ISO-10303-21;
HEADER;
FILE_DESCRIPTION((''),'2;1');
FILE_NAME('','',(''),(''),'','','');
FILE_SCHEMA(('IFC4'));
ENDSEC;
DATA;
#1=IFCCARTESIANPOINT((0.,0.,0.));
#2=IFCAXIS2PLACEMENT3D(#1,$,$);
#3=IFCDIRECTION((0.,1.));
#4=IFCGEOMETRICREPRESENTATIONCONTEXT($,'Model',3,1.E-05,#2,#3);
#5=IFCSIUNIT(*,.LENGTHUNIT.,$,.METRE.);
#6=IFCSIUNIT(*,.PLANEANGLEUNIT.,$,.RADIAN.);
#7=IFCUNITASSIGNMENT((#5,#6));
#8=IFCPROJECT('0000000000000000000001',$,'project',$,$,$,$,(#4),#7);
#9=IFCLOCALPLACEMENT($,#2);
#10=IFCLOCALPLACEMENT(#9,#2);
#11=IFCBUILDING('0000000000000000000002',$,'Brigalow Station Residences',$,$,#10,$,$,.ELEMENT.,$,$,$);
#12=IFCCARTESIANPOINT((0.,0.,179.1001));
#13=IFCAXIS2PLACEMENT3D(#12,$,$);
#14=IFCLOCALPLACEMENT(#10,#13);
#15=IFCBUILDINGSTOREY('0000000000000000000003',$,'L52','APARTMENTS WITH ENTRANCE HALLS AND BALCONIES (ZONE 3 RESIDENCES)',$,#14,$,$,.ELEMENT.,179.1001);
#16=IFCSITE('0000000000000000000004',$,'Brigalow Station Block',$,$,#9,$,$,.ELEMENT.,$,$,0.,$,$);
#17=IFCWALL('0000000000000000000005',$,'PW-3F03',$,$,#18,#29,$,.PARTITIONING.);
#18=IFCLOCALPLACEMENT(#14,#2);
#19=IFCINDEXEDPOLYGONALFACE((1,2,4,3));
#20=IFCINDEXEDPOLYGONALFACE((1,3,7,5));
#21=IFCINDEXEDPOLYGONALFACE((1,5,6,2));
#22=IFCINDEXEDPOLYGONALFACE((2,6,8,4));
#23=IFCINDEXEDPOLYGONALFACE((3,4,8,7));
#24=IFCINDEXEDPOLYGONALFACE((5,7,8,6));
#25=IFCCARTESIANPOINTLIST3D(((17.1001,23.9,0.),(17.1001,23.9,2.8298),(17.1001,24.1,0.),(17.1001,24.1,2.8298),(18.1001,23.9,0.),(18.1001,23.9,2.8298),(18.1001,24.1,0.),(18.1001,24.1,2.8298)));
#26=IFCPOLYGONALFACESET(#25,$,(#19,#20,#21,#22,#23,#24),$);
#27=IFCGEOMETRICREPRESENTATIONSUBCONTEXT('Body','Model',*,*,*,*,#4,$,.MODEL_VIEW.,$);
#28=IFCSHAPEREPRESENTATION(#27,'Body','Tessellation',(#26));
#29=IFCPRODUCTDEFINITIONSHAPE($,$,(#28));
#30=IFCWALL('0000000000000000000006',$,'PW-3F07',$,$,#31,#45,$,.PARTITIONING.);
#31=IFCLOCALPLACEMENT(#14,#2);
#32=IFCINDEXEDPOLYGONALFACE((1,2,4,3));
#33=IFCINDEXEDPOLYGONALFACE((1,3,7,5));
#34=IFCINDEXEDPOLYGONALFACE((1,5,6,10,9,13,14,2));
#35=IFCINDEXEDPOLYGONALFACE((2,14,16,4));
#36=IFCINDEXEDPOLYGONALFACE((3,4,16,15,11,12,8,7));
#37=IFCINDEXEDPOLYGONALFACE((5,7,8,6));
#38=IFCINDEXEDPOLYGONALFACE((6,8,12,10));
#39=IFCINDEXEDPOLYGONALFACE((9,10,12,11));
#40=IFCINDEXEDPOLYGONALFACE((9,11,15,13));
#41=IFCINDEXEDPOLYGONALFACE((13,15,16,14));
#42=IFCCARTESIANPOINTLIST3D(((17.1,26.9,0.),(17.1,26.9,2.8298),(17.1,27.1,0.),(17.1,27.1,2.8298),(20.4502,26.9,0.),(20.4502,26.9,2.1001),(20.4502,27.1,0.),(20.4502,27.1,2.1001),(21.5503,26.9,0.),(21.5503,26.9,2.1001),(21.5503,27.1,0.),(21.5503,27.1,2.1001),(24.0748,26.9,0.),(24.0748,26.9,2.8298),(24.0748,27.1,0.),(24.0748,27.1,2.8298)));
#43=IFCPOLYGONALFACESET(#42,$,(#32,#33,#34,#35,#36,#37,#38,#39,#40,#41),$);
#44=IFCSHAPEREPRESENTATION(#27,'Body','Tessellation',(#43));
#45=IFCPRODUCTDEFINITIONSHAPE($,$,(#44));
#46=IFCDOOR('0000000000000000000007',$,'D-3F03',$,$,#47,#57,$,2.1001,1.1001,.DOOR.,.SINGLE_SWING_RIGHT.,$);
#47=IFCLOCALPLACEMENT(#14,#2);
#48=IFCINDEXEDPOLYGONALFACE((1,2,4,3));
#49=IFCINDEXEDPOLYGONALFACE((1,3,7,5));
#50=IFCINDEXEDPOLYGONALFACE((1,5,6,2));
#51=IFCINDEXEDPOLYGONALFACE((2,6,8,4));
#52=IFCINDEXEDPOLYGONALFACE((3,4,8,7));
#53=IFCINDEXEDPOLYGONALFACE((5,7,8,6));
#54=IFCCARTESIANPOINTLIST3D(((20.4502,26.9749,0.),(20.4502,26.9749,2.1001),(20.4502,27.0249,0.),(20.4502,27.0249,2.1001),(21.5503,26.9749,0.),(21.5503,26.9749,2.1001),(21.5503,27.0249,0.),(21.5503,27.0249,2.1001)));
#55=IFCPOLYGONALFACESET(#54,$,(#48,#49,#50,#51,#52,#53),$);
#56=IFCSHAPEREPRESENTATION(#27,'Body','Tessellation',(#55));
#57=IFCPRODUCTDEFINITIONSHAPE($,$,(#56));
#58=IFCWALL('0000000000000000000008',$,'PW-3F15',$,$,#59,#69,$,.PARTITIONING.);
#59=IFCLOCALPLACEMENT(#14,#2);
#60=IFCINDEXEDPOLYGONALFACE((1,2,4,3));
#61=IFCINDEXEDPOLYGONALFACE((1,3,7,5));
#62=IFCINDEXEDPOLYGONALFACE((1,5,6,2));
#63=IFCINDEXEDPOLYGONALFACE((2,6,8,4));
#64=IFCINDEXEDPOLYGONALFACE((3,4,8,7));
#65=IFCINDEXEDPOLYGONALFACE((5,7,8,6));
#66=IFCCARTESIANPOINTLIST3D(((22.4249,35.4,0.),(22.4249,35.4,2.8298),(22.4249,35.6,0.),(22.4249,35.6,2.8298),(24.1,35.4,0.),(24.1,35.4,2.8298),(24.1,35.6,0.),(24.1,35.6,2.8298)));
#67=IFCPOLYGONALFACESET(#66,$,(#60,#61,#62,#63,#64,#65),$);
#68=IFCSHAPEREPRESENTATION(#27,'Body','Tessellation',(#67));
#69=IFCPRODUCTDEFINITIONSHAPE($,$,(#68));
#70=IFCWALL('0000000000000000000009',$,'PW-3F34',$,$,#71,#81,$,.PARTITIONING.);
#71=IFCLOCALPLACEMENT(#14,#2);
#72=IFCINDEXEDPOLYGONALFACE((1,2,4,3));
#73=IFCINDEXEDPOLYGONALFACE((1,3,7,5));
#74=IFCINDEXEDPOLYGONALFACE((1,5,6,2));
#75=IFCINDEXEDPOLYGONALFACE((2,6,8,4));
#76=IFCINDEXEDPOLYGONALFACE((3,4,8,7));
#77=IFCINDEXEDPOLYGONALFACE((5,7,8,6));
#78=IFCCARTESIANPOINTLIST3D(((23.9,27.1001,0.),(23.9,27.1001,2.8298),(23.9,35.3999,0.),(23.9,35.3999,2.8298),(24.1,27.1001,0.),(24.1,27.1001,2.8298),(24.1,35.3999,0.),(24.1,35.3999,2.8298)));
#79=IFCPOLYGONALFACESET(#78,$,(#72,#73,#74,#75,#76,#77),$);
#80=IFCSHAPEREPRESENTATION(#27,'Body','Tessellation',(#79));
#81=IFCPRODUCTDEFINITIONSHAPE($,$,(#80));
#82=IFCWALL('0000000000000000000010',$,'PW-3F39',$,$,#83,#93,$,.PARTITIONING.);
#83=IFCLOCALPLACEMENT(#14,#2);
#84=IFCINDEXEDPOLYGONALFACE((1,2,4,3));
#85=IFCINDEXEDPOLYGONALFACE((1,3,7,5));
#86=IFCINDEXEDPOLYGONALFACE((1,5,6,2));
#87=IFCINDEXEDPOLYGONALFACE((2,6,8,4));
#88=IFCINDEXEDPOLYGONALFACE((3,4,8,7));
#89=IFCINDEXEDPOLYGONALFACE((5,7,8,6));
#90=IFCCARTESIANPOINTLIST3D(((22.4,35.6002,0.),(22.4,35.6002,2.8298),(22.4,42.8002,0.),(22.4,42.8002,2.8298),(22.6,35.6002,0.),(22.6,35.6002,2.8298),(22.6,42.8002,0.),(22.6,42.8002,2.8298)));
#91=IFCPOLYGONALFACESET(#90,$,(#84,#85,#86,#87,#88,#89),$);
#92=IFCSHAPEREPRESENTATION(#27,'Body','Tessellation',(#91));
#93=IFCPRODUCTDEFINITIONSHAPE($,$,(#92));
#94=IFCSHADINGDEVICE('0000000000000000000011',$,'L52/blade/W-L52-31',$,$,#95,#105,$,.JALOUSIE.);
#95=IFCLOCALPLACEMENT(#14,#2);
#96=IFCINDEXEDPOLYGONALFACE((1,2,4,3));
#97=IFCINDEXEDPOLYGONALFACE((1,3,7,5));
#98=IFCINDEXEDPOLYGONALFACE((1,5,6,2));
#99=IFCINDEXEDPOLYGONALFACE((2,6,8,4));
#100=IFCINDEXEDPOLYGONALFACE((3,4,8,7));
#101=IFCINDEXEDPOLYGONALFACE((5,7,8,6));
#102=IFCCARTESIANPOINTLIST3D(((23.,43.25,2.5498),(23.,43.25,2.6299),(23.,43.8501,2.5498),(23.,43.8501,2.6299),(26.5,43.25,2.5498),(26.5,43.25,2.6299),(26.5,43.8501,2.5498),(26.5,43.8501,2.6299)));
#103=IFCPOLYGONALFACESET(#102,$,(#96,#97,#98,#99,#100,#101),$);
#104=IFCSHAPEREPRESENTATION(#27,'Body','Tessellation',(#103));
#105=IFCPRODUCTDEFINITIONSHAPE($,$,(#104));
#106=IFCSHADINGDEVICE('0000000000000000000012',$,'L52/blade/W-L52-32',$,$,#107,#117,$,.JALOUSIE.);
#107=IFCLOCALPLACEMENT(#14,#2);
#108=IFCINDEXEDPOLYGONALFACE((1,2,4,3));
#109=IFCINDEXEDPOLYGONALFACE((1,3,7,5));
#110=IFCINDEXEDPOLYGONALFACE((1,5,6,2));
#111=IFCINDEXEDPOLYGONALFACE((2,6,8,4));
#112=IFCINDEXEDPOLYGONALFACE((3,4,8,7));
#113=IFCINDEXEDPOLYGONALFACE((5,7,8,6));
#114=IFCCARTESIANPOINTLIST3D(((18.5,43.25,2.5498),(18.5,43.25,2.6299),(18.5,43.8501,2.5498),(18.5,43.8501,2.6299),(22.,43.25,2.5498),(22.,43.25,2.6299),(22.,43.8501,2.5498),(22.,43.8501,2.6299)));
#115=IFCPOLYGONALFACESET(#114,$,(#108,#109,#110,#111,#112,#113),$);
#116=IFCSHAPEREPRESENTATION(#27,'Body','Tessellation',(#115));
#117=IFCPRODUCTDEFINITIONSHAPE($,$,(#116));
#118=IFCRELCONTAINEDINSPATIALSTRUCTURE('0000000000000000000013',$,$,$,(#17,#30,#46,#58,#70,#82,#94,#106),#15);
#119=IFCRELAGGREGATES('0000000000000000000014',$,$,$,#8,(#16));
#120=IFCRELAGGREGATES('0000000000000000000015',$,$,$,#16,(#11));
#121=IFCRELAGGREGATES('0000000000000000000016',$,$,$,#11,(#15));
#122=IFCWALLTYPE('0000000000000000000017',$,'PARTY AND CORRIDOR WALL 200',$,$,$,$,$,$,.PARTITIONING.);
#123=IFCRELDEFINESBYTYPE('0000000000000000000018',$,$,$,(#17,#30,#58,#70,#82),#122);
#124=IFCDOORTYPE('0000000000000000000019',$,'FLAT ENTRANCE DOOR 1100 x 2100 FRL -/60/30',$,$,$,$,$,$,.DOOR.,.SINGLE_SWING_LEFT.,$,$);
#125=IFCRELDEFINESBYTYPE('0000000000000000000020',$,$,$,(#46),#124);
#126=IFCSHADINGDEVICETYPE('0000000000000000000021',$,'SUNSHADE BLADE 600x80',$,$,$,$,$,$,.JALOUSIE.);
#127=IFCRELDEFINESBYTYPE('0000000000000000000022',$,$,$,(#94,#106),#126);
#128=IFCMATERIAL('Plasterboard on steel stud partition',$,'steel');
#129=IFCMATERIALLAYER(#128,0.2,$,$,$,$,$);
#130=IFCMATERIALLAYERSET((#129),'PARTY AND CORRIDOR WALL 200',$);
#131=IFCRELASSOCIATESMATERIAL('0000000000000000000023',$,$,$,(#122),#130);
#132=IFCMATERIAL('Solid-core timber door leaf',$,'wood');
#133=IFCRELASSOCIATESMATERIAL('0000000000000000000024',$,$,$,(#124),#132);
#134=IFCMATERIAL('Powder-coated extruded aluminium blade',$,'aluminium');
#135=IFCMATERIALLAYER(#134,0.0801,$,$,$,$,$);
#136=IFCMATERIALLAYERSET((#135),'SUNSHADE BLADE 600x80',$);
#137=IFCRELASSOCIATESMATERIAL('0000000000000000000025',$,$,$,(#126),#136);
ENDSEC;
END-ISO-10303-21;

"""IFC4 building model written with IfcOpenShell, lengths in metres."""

from ifc_helpers import new_model, si_unit, direction, frame, frame_2d, origin, origin_2d, place, context, subcontext, project, spatial, rectangle, extrude, material, layer, layer_set, type_object, element, fill, save


model = new_model("IFC4")

# Units and contexts
model_context = context("Model", 3, precision=1e-05, world=origin(), true_north=direction((0.0, 1.0)))
body_context = subcontext(model_context, "Body", "Model", "MODEL_VIEW")
ifc_project = project(units=[si_unit("LENGTHUNIT", "METRE"), si_unit("PLANEANGLEUNIT", "RADIAN")], contexts=[model_context])

# Site, building, storey
site_placement = place(None, origin())
site = spatial("IfcSite", under=ifc_project, at=site_placement, Name="Brigalow Station Block", CompositionType="ELEMENT", RefElevation=0.0)
building_placement = place(site_placement, origin())
building = spatial("IfcBuilding", under=site, at=building_placement, Name="Brigalow Station Residences", CompositionType="ELEMENT")
storey_placement = place(building_placement, frame((0.0, 0.0, 179.1001)))
storey = spatial("IfcBuildingStorey", under=building, at=storey_placement, Name="L52", Description="APARTMENTS WITH ENTRANCE HALLS AND BALCONIES (ZONE 3 RESIDENCES)", CompositionType="ELEMENT", Elevation=179.1001)

# Wall
ifc_material_1 = material(Name="Plasterboard on steel stud partition", Category="steel")
ifc_layer_1 = layer(ifc_material_1, 0.2)
ifc_layer_set_1 = layer_set([ifc_layer_1], Name="PARTY AND CORRIDOR WALL 200")
wall_type_1 = type_object("IfcWallType", Name="PARTY AND CORRIDOR WALL 200", PredefinedType="PARTITIONING", material=ifc_layer_set_1)
wall_1_placement = place(storey_placement, frame((17.1001, 24.0, 0.0), z_axis=(0.0, 0.0, 1.0), x_axis=(1.0, 0.0, 0.0)))
element("IfcWall", 1, at=wall_1_placement, inside=storey, type_object=wall_type_1, Name="PW-3F03", PredefinedType="PARTITIONING", context=body_context, shape_type="SweptSolid", body=[
    extrude(rectangle(XDim=1.0, YDim=0.2, at=frame_2d((0.5, 0.0))), origin(), (0.0, 0.0, 1.0), 2.8298),
])

# Wall, opening, door
wall_2_placement = place(storey_placement, frame((17.1001, 27.0, 0.0), z_axis=(0.0, 0.0, 1.0), x_axis=(1.0, 0.0, 0.0)))
wall_2 = element("IfcWall", 2, at=wall_2_placement, inside=storey, type_object=wall_type_1, Name="PW-3F07", PredefinedType="PARTITIONING", context=body_context, shape_type="SweptSolid", body=[
    extrude(rectangle(XDim=6.9749, YDim=0.2, at=frame_2d((3.4873, 0.0))), origin(), (0.0, 0.0, 1.0), 2.8298),
])
opening_1_placement = place(wall_2_placement, frame((3.3501, 0.0, 0.0)))
opening_1 = element("IfcOpeningElement", 3, at=opening_1_placement, cuts=wall_2, PredefinedType="OPENING", context=body_context, shape_type="SweptSolid", body=[
    extrude(rectangle(XDim=1.1001, YDim=2.1001, at=frame_2d((0.55, 1.05))), frame((0.0, 0.1099, 0.0), z_axis=(0.0, -1.0, 0.0), x_axis=(1.0, 0.0, 0.0)), (0.0, 0.0, 1.0), 0.22),
])
ifc_material_2 = material(Name="Solid-core timber door leaf", Category="wood")
door_type_1 = type_object("IfcDoorType", Name="FLAT ENTRANCE DOOR 1100 x 2100 FRL -/60/30", OperationType="SINGLE_SWING_LEFT", PredefinedType="DOOR", material=ifc_material_2)
door_1_placement = place(opening_1_placement, origin())
door_1 = element("IfcDoor", 4, at=door_1_placement, inside=storey, type_object=door_type_1, Name="D-3F03", OperationType="SINGLE_SWING_RIGHT", OverallHeight=2.1001, OverallWidth=1.1001, PredefinedType="DOOR", context=body_context, shape_type="SweptSolid", body=[
    extrude(rectangle(XDim=1.1001, YDim=2.1001, at=frame_2d((0.55, 1.05))), frame((0.0, 0.0249, 0.0), z_axis=(0.0, -1.0, 0.0), x_axis=(1.0, 0.0, 0.0)), (0.0, 0.0, 1.0), 0.05),
])
fill(opening_1, door_1)

# Walls
wall_3_placement = place(storey_placement, frame((22.425, 35.5, 0.0), z_axis=(0.0, 0.0, 1.0), x_axis=(1.0, 0.0, 0.0)))
element("IfcWall", 5, at=wall_3_placement, inside=storey, type_object=wall_type_1, Name="PW-3F15", PredefinedType="PARTITIONING", context=body_context, shape_type="SweptSolid", body=[
    extrude(rectangle(XDim=1.675, YDim=0.2, at=frame_2d((0.8374, 0.0))), origin(), (0.0, 0.0, 1.0), 2.8298),
])
wall_4_placement = place(storey_placement, frame((24.0, 27.1001, 0.0), z_axis=(0.0, 0.0, 1.0), x_axis=(0.0, 1.0, 0.0)))
element("IfcWall", 6, at=wall_4_placement, inside=storey, type_object=wall_type_1, Name="PW-3F34", PredefinedType="PARTITIONING", context=body_context, shape_type="SweptSolid", body=[
    extrude(rectangle(XDim=8.2998, YDim=0.2, at=frame_2d((4.1499, 0.0))), origin(), (0.0, 0.0, 1.0), 2.8298),
])
wall_5_placement = place(storey_placement, frame((22.5, 35.6001, 0.0), z_axis=(0.0, 0.0, 1.0), x_axis=(0.0, 1.0, 0.0)))
element("IfcWall", 7, at=wall_5_placement, inside=storey, type_object=wall_type_1, Name="PW-3F39", PredefinedType="PARTITIONING", context=body_context, shape_type="SweptSolid", body=[
    extrude(rectangle(XDim=7.2, YDim=0.2, at=frame_2d((3.6001, 0.0))), origin(), (0.0, 0.0, 1.0), 2.8298),
])

# Shading devices
ifc_material_3 = material(Name="Powder-coated extruded aluminium blade", Category="aluminium")
ifc_layer_2 = layer(ifc_material_3, 0.0801)
ifc_layer_set_2 = layer_set([ifc_layer_2], Name="SUNSHADE BLADE 600x80")
shading_device_type = type_object("IfcShadingDeviceType", Name="SUNSHADE BLADE 600x80", PredefinedType="JALOUSIE", material=ifc_layer_set_2)
for number, where, z_axis, x_axis, name in (
    (8, (24.75, 43.55, 2.5498), (0.0, 0.0, 1.0), (-1.0, 0.0, 0.0), "L52/blade/W-L52-31"),
    (9, (20.25, 43.55, 2.5498), (0.0, 0.0, 1.0), (-1.0, 0.0, 0.0), "L52/blade/W-L52-32"),
):
    element("IfcShadingDevice", number, at=place(storey_placement, frame(where, z_axis=z_axis, x_axis=x_axis)), inside=storey, type_object=shading_device_type, Name=name, PredefinedType="JALOUSIE", context=body_context, shape_type="SweptSolid", body=[
        extrude(rectangle(XDim=3.5, YDim=0.6001, at=origin_2d()), origin(), (0.0, 0.0, 1.0), 0.0801),
    ])

save(model, "model.ifc")
